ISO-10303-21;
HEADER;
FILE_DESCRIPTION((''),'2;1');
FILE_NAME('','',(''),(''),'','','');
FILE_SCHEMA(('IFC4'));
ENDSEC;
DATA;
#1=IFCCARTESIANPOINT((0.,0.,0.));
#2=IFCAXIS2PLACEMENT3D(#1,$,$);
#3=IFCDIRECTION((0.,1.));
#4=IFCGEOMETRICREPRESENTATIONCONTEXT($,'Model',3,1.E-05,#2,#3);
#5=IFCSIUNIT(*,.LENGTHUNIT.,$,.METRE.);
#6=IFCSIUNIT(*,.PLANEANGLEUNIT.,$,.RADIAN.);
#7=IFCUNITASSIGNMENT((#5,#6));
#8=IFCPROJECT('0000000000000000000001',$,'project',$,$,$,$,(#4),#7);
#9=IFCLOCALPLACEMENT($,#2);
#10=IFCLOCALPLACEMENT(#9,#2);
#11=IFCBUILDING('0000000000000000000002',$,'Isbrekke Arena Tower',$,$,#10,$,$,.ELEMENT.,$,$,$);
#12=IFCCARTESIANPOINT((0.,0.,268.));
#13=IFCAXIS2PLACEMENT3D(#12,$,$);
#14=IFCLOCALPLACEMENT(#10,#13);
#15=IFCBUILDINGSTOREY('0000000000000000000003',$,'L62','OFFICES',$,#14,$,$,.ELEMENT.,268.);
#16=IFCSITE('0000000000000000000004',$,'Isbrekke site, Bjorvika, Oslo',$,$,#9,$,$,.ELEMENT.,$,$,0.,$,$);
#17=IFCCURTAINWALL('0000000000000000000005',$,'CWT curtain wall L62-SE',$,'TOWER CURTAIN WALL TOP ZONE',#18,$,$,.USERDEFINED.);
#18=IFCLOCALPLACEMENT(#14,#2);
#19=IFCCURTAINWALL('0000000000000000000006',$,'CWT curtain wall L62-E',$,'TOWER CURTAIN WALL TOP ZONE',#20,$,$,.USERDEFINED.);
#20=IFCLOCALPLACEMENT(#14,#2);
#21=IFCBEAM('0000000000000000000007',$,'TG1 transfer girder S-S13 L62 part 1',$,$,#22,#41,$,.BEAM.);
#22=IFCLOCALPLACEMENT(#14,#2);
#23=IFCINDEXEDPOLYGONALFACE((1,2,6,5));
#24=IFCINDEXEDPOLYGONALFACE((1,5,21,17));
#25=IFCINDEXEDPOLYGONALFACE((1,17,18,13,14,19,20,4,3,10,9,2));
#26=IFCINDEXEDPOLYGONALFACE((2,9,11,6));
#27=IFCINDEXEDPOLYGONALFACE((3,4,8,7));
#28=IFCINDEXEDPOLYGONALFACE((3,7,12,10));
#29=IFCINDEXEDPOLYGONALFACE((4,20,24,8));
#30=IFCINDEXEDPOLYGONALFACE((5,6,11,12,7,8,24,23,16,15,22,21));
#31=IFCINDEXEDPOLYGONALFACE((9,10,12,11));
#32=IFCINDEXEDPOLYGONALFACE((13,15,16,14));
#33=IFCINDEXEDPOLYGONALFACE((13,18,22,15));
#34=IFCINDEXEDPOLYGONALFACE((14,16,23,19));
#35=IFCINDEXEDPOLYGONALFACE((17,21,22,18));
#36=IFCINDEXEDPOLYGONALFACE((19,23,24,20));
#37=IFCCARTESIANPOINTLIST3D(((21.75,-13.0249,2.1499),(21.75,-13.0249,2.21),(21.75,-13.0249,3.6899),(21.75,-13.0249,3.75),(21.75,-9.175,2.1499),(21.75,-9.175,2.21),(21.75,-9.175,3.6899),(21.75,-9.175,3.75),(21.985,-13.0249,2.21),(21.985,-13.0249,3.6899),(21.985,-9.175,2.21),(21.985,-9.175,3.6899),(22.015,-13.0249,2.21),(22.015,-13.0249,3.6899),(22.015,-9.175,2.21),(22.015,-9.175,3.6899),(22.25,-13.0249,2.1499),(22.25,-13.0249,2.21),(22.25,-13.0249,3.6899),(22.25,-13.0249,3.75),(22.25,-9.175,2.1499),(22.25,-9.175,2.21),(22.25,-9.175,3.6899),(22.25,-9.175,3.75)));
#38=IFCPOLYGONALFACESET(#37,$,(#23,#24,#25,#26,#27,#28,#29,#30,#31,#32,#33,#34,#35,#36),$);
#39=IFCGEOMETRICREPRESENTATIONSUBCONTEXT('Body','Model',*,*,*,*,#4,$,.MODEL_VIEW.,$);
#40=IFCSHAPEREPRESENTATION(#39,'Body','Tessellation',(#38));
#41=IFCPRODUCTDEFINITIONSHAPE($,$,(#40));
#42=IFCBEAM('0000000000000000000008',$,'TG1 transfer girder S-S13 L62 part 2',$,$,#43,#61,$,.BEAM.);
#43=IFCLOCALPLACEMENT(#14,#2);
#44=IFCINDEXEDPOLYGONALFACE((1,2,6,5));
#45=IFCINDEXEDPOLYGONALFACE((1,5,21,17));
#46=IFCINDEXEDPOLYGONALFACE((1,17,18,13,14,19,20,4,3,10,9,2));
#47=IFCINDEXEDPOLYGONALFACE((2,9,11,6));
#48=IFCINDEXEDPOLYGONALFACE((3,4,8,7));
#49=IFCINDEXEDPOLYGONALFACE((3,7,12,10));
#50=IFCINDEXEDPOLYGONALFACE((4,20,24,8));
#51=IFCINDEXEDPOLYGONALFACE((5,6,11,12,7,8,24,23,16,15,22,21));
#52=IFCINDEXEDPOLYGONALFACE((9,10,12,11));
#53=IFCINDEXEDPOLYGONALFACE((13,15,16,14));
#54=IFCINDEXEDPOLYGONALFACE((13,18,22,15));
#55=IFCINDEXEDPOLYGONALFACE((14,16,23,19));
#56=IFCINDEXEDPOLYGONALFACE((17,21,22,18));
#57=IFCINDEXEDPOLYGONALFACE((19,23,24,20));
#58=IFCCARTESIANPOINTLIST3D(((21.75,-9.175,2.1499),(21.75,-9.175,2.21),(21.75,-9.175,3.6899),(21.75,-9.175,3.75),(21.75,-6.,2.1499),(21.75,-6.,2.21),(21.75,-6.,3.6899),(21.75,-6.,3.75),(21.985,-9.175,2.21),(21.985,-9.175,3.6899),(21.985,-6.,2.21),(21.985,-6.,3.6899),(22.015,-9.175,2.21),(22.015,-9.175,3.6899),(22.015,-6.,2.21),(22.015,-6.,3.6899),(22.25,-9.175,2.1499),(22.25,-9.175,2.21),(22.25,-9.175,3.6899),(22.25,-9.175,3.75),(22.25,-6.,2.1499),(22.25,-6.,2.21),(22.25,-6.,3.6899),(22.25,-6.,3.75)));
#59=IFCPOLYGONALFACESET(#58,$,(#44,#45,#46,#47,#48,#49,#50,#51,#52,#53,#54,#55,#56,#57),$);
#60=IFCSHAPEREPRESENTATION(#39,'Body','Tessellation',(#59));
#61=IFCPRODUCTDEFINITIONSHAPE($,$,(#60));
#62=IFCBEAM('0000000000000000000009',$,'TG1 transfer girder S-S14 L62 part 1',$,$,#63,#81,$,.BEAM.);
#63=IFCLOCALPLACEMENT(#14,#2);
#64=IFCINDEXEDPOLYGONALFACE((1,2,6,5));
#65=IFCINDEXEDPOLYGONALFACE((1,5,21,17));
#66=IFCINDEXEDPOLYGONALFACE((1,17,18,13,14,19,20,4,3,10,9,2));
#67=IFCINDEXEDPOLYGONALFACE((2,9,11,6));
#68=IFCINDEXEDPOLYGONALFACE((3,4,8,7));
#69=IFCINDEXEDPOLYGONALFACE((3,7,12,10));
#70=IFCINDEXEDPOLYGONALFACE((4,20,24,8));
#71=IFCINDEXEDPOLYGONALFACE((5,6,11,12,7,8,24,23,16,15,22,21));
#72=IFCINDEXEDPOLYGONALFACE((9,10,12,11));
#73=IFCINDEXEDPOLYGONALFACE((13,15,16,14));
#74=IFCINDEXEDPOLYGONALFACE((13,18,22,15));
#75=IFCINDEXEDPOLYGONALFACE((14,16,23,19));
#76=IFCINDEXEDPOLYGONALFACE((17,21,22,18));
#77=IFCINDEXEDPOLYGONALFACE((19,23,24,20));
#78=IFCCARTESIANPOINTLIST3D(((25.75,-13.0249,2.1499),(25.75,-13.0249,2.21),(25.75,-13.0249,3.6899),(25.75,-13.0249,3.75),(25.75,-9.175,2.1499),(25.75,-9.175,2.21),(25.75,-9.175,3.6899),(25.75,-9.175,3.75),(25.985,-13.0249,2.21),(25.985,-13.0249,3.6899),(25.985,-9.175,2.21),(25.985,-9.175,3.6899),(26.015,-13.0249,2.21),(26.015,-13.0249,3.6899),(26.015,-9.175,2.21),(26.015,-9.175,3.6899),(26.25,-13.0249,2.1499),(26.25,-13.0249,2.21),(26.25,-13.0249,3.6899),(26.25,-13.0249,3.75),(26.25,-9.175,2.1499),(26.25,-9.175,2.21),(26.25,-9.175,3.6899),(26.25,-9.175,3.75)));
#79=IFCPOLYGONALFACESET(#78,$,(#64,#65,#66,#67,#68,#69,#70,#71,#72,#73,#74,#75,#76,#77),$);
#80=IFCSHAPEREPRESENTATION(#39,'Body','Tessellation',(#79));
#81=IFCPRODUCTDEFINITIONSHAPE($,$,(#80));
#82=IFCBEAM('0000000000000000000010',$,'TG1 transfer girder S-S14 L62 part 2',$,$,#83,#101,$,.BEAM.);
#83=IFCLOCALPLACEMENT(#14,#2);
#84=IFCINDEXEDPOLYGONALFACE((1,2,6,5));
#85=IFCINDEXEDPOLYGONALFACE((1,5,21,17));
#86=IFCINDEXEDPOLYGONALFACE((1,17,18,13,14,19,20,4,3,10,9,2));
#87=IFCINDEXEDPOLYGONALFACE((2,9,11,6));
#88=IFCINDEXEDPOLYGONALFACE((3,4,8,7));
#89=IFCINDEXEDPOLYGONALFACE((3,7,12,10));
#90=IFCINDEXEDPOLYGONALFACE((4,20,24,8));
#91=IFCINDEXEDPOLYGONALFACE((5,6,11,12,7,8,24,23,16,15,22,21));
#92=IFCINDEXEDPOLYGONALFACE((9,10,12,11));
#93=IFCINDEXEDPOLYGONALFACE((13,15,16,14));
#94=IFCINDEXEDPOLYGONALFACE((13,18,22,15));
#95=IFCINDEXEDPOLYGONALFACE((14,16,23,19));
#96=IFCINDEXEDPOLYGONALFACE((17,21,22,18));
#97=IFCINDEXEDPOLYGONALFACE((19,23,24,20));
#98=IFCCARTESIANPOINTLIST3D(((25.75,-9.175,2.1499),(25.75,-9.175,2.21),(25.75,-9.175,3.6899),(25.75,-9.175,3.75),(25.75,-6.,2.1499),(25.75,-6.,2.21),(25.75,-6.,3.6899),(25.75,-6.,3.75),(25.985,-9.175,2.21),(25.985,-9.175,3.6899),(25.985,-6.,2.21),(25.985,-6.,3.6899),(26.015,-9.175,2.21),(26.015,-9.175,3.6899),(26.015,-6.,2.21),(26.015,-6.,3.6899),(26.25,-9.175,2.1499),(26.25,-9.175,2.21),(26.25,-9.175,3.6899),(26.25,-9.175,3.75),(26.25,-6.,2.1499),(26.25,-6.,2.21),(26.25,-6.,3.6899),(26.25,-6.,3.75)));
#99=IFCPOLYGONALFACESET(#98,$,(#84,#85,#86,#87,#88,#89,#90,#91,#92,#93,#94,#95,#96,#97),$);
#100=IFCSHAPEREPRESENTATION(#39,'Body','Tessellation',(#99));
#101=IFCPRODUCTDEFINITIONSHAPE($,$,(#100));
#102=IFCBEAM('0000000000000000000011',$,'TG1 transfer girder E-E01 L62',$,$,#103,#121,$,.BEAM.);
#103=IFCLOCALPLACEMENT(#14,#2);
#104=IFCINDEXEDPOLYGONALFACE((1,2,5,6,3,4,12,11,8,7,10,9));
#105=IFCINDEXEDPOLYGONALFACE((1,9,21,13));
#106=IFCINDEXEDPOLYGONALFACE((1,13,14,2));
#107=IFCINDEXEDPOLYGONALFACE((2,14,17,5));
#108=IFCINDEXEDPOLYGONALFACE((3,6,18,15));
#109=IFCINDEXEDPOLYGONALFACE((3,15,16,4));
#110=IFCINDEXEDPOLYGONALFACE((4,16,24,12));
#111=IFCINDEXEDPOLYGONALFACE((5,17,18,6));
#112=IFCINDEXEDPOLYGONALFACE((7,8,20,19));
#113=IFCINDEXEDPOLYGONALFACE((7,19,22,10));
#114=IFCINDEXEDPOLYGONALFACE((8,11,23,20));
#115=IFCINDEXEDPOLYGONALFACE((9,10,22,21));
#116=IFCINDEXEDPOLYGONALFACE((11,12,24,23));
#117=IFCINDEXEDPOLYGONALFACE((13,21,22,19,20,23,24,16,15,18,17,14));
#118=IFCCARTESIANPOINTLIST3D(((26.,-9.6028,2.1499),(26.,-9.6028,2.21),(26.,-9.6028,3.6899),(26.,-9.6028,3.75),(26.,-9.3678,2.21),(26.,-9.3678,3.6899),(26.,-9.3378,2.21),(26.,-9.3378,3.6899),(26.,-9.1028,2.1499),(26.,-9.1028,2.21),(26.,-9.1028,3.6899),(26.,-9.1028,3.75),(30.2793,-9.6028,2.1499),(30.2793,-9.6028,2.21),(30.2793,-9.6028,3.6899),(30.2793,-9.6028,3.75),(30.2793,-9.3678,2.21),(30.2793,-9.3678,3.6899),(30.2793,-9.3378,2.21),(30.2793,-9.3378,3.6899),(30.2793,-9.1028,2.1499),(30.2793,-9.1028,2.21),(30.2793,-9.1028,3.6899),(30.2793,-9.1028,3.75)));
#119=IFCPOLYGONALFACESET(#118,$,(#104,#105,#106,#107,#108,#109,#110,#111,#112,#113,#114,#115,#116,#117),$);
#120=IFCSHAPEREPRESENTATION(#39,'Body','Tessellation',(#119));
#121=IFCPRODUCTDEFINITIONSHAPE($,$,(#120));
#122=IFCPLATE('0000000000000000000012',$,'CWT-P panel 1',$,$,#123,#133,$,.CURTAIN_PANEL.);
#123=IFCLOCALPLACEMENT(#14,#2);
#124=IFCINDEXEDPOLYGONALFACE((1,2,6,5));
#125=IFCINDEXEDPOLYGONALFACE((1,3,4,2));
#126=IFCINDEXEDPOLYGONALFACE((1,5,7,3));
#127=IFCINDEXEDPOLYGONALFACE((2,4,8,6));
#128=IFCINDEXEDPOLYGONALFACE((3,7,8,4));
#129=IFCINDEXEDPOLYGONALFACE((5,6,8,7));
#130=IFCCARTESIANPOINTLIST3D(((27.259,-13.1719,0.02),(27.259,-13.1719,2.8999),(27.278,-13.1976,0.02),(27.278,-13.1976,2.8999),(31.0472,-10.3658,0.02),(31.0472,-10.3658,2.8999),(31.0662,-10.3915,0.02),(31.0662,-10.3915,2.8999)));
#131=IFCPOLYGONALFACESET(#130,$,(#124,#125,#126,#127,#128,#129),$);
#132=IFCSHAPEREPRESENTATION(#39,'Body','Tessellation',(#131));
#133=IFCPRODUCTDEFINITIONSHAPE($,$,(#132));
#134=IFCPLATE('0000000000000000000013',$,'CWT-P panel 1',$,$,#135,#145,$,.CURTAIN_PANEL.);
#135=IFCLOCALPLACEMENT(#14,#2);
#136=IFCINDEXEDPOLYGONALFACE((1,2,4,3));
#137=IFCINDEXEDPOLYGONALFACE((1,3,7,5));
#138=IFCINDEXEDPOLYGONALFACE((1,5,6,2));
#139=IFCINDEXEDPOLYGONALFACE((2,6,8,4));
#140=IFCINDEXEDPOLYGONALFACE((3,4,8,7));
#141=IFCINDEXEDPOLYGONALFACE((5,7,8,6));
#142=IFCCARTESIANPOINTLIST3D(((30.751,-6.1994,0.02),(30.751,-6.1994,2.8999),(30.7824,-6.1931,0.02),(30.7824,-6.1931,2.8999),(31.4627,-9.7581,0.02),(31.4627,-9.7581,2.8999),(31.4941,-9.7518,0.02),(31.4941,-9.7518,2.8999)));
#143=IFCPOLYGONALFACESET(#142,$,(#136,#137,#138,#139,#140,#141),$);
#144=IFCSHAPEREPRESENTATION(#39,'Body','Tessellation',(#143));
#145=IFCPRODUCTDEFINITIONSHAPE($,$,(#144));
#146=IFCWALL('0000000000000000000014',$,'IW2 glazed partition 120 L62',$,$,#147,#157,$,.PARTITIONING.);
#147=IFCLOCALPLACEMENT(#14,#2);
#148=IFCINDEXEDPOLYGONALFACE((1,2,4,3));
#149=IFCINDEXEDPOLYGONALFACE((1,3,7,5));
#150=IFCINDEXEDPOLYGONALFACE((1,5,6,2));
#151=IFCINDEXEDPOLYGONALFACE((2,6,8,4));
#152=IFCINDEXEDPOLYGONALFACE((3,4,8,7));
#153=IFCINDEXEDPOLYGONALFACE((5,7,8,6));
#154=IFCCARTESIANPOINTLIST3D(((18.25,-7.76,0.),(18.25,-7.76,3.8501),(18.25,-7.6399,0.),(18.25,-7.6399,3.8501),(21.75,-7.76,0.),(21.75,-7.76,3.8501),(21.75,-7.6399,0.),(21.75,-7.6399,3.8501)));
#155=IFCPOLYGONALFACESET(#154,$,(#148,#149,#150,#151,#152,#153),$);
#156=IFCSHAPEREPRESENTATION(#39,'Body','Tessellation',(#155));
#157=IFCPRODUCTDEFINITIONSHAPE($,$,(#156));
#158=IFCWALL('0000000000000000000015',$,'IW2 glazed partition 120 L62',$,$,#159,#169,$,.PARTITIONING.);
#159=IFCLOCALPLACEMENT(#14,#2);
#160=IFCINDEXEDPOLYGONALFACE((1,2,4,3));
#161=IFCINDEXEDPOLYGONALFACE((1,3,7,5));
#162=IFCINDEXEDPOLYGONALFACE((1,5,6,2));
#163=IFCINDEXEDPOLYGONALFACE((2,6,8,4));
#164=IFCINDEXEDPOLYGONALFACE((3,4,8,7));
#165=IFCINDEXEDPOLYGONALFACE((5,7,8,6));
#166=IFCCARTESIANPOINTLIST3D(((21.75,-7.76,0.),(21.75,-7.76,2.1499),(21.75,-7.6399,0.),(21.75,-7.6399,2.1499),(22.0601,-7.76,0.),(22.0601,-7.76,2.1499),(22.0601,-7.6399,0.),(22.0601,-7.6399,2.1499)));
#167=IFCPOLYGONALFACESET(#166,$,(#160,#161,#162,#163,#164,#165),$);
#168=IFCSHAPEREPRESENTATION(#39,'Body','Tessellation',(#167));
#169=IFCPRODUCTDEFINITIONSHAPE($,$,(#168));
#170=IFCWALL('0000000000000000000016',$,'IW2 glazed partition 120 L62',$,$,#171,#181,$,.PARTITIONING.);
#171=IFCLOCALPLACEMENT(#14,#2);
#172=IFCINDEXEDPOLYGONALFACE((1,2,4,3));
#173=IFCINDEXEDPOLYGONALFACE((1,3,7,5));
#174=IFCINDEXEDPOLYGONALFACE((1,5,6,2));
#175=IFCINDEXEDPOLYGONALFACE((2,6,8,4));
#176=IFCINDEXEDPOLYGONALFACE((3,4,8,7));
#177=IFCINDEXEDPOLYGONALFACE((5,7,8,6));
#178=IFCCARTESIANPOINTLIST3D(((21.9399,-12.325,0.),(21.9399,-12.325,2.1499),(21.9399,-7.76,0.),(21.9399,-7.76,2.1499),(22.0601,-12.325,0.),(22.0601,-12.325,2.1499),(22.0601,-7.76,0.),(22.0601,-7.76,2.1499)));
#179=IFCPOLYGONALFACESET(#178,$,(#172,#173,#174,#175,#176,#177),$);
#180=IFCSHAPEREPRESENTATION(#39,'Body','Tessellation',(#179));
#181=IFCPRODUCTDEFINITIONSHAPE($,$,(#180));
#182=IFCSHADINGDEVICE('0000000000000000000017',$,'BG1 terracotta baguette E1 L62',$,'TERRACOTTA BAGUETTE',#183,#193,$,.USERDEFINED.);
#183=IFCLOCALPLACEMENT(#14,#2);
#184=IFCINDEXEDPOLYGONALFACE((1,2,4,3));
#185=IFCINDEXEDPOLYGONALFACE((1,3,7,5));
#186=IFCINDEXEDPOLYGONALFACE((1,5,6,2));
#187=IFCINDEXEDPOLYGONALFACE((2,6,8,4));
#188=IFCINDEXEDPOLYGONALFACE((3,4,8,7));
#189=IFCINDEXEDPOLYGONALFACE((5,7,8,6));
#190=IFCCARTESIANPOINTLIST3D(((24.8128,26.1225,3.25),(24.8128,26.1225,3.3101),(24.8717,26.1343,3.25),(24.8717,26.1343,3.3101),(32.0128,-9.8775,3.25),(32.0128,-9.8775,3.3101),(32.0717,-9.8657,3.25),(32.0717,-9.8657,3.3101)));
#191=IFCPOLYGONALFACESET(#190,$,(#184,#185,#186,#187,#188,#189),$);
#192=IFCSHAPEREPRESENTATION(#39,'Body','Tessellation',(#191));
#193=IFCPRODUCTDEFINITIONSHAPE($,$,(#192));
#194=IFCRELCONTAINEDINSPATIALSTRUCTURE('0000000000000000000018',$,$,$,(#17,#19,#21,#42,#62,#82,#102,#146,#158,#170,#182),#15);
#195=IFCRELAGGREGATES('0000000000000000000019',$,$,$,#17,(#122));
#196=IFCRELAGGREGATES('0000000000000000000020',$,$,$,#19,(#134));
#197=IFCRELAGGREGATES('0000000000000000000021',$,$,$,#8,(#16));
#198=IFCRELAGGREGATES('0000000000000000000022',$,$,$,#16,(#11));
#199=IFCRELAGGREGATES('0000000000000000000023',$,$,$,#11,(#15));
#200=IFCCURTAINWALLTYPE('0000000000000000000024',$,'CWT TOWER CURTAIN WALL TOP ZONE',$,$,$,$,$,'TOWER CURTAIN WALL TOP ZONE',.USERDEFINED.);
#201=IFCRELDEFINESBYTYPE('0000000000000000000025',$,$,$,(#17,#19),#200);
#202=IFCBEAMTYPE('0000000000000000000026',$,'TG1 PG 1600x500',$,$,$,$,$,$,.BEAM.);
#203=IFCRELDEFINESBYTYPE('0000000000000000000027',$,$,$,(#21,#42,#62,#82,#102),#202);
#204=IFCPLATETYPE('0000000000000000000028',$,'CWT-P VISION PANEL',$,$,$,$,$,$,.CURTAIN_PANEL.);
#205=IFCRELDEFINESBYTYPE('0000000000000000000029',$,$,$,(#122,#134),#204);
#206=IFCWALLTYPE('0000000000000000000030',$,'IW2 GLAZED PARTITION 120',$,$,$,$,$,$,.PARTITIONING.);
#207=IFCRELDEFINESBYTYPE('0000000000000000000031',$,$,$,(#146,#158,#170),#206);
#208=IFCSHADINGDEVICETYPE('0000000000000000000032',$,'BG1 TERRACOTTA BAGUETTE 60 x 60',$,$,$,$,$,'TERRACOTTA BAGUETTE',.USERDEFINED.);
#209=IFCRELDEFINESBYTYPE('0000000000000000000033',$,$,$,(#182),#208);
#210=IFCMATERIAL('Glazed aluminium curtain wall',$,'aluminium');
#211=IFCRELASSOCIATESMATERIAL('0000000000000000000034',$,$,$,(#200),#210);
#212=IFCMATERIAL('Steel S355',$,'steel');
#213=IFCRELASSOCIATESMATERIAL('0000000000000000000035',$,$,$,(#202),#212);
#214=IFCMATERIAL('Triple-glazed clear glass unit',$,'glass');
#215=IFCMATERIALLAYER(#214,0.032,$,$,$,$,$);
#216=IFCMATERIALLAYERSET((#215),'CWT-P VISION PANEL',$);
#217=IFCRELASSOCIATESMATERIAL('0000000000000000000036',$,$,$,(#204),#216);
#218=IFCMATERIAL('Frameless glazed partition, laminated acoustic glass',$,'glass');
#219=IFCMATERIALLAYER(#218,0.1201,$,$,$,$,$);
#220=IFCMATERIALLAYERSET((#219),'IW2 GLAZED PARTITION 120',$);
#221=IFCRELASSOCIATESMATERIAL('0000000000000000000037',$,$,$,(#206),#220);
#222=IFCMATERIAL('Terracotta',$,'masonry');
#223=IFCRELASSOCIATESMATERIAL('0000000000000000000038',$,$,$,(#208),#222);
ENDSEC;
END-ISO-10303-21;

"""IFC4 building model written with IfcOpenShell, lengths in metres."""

from ifc_helpers import new_model, si_unit, direction, frame, frame_2d, origin, origin_2d, place, context, subcontext, project, spatial, rectangle, i_section, extrude, material, layer, layer_set, material_profile, profile_set, type_object, element, aggregate, save


model = new_model("IFC4")

# Units and contexts
model_context = context("Model", 3, precision=1e-05, world=origin(), true_north=direction((0.0, 1.0)))
body_context = subcontext(model_context, "Body", "Model", "MODEL_VIEW")
ifc_project = project(units=[si_unit("LENGTHUNIT", "METRE"), si_unit("PLANEANGLEUNIT", "RADIAN")], contexts=[model_context])

# Site, building, storey
site_placement = place(None, origin())
site = spatial("IfcSite", under=ifc_project, at=site_placement, Name="Isbrekke site, Bjorvika, Oslo", CompositionType="ELEMENT", RefElevation=0.0)
building_placement = place(site_placement, origin())
building = spatial("IfcBuilding", under=site, at=building_placement, Name="Isbrekke Arena Tower", CompositionType="ELEMENT")
storey_placement = place(building_placement, frame((0.0, 0.0, 268.0)))
storey = spatial("IfcBuildingStorey", under=building, at=storey_placement, Name="L62", Description="OFFICES", CompositionType="ELEMENT", Elevation=268.0)

# Curtain wall
ifc_material_1 = material(Name="Glazed aluminium curtain wall", Category="aluminium")
curtain_wall_type = type_object("IfcCurtainWallType", Name="CWT TOWER CURTAIN WALL TOP ZONE", ElementType="TOWER CURTAIN WALL TOP ZONE", PredefinedType="USERDEFINED", material=ifc_material_1)
curtain_wall_1_placement = place(storey_placement, origin())
curtain_wall_1 = element("IfcCurtainWall", 1, at=curtain_wall_1_placement, inside=storey, type_object=curtain_wall_type, Name="CWT curtain wall L62-SE", ObjectType="TOWER CURTAIN WALL TOP ZONE", PredefinedType="USERDEFINED")

# Curtain wall
curtain_wall_2_placement = place(storey_placement, origin())
curtain_wall_2 = element("IfcCurtainWall", 2, at=curtain_wall_2_placement, inside=storey, type_object=curtain_wall_type, Name="CWT curtain wall L62-E", ObjectType="TOWER CURTAIN WALL TOP ZONE", PredefinedType="USERDEFINED")

# Beams
ifc_material_2 = material(Name="Steel S355", Category="steel")
ifc_material_profile_1 = material_profile(ifc_material_2, i_section(OverallWidth=0.5, OverallDepth=1.6001, WebThickness=0.03, FlangeThickness=0.0601, at=origin_2d()), Name="PG 1600x500")
ifc_profile_set_1 = profile_set([ifc_material_profile_1], Name="Steel S355")
beam_type_1 = type_object("IfcBeamType", Name="TG1 PG 1600x500", PredefinedType="BEAM", material=ifc_profile_set_1)
beam_1_placement = place(storey_placement, frame((22.0, -13.0249, 2.95), z_axis=(0.0, 1.0, 0.0), x_axis=(-1.0, 0.0, 0.0)))
element("IfcBeam", 3, at=beam_1_placement, inside=storey, type_object=beam_type_1, Name="TG1 transfer girder S-S13 L62 part 1", PredefinedType="BEAM", context=body_context, shape_type="SweptSolid", body=[
    extrude(i_section(OverallWidth=0.5, OverallDepth=1.6001, WebThickness=0.03, FlangeThickness=0.0601, at=origin_2d()), origin(), (0.0, 0.0, 1.0), 3.8499),
])
beam_2_placement = place(storey_placement, frame((22.0, -9.175, 2.95), z_axis=(0.0, 1.0, 0.0), x_axis=(-1.0, 0.0, 0.0)))
element("IfcBeam", 4, at=beam_2_placement, inside=storey, type_object=beam_type_1, Name="TG1 transfer girder S-S13 L62 part 2", PredefinedType="BEAM", context=body_context, shape_type="SweptSolid", body=[
    extrude(i_section(OverallWidth=0.5, OverallDepth=1.6001, WebThickness=0.03, FlangeThickness=0.0601, at=origin_2d()), origin(), (0.0, 0.0, 1.0), 3.175),
])
beam_3_placement = place(storey_placement, frame((26.0, -13.0249, 2.95), z_axis=(0.0, 1.0, 0.0), x_axis=(-1.0, 0.0, 0.0)))
element("IfcBeam", 5, at=beam_3_placement, inside=storey, type_object=beam_type_1, Name="TG1 transfer girder S-S14 L62 part 1", PredefinedType="BEAM", context=body_context, shape_type="SweptSolid", body=[
    extrude(i_section(OverallWidth=0.5, OverallDepth=1.6001, WebThickness=0.03, FlangeThickness=0.0601, at=origin_2d()), origin(), (0.0, 0.0, 1.0), 3.8499),
])
beam_4_placement = place(storey_placement, frame((26.0, -9.175, 2.95), z_axis=(0.0, 1.0, 0.0), x_axis=(-1.0, 0.0, 0.0)))
element("IfcBeam", 6, at=beam_4_placement, inside=storey, type_object=beam_type_1, Name="TG1 transfer girder S-S14 L62 part 2", PredefinedType="BEAM", context=body_context, shape_type="SweptSolid", body=[
    extrude(i_section(OverallWidth=0.5, OverallDepth=1.6001, WebThickness=0.03, FlangeThickness=0.0601, at=origin_2d()), origin(), (0.0, 0.0, 1.0), 3.175),
])
beam_5_placement = place(storey_placement, frame((30.2793, -9.3528, 2.95), z_axis=(-1.0, 0.0, 0.0), x_axis=(0.0, -1.0, 0.0)))
element("IfcBeam", 7, at=beam_5_placement, inside=storey, type_object=beam_type_1, Name="TG1 transfer girder E-E01 L62", PredefinedType="BEAM", context=body_context, shape_type="SweptSolid", body=[
    extrude(i_section(OverallWidth=0.5, OverallDepth=1.6001, WebThickness=0.03, FlangeThickness=0.0601, at=origin_2d()), origin(), (0.0, 0.0, 1.0), 4.2793),
])

# Plates
ifc_material_3 = material(Name="Triple-glazed clear glass unit", Category="glass")
ifc_layer_1 = layer(ifc_material_3, 0.032)
ifc_layer_set_1 = layer_set([ifc_layer_1], Name="CWT-P VISION PANEL")
plate_type = type_object("IfcPlateType", Name="CWT-P VISION PANEL", PredefinedType="CURTAIN_PANEL", material=ifc_layer_set_1)
plate_1_placement = place(storey_placement, frame((29.1626, -11.7817, 0.02), z_axis=(0.0, 0.0, 1.0), x_axis=(0.803557, 0.595228, 0.0)))
plate_1 = element("IfcPlate", 8, at=plate_1_placement, type_object=plate_type, Name="CWT-P panel 1", PredefinedType="CURTAIN_PANEL", context=body_context, shape_type="SweptSolid", body=[
    extrude(rectangle(XDim=4.7144, YDim=0.032, at=origin_2d()), origin(), (0.0, 0.0, 1.0), 2.8799),
])
aggregate(curtain_wall_1, [plate_1])
plate_2_placement = place(storey_placement, frame((31.1226, -7.9756, 0.02), z_axis=(0.0, 0.0, 1.0), x_axis=(-0.196116, 0.980581, 0.0)))
plate_2 = element("IfcPlate", 9, at=plate_2_placement, type_object=plate_type, Name="CWT-P panel 1", PredefinedType="CURTAIN_PANEL", context=body_context, shape_type="SweptSolid", body=[
    extrude(rectangle(XDim=3.6292, YDim=0.032, at=origin_2d()), origin(), (0.0, 0.0, 1.0), 2.8799),
])
aggregate(curtain_wall_2, [plate_2])

# Walls
ifc_material_4 = material(Name="Frameless glazed partition, laminated acoustic glass", Category="glass")
ifc_layer_2 = layer(ifc_material_4, 0.1201)
ifc_layer_set_2 = layer_set([ifc_layer_2], Name="IW2 GLAZED PARTITION 120")
wall_type = type_object("IfcWallType", Name="IW2 GLAZED PARTITION 120", PredefinedType="PARTITIONING", material=ifc_layer_set_2)
wall_1_placement = place(storey_placement, frame((18.25, -7.7, 0.0), z_axis=(0.0, 0.0, 1.0), x_axis=(1.0, 0.0, 0.0)))
element("IfcWall", 10, at=wall_1_placement, inside=storey, type_object=wall_type, Name="IW2 glazed partition 120 L62", PredefinedType="PARTITIONING", context=body_context, shape_type="SweptSolid", body=[
    extrude(rectangle(XDim=3.5, YDim=0.1201, at=frame_2d((1.75, 0.0))), origin(), (0.0, 0.0, 1.0), 3.8501),
])
wall_2_placement = place(storey_placement, frame((21.75, -7.7, 0.0), z_axis=(0.0, 0.0, 1.0), x_axis=(1.0, 0.0, 0.0)))
element("IfcWall", 11, at=wall_2_placement, inside=storey, type_object=wall_type, Name="IW2 glazed partition 120 L62", PredefinedType="PARTITIONING", context=body_context, shape_type="SweptSolid", body=[
    extrude(rectangle(XDim=0.3101, YDim=0.1201, at=frame_2d((0.155, 0.0))), origin(), (0.0, 0.0, 1.0), 2.1499),
])
wall_3_placement = place(storey_placement, frame((22.0, -12.325, 0.0), z_axis=(0.0, 0.0, 1.0), x_axis=(0.0, 1.0, 0.0)))
element("IfcWall", 12, at=wall_3_placement, inside=storey, type_object=wall_type, Name="IW2 glazed partition 120 L62", PredefinedType="PARTITIONING", context=body_context, shape_type="SweptSolid", body=[
    extrude(rectangle(XDim=4.5649, YDim=0.1201, at=frame_2d((2.2825, 0.0))), origin(), (0.0, 0.0, 1.0), 2.1499),
])

# Shading device
ifc_material_5 = material(Name="Terracotta", Category="masonry")
ifc_material_profile_2 = material_profile(ifc_material_5, rectangle(XDim=0.0601, YDim=0.0601, at=origin_2d()), Name="BAGUETTE 60X60")
ifc_profile_set_2 = profile_set([ifc_material_profile_2], Name="Terracotta")
shading_device_type = type_object("IfcShadingDeviceType", Name="BG1 TERRACOTTA BAGUETTE 60 x 60", ElementType="TERRACOTTA BAGUETTE", PredefinedType="USERDEFINED", material=ifc_profile_set_2)
for number, where, z_axis, x_axis, name in (
    (13, (32.0422, -9.8716, 3.28), (-0.196115, 0.980581, 0.0), (-0.980581, -0.196115, 0.0), "BG1 terracotta baguette E1 L62"),
):
    element("IfcShadingDevice", number, at=place(storey_placement, frame(where, z_axis=z_axis, x_axis=x_axis)), inside=storey, type_object=shading_device_type, Name=name, ObjectType="TERRACOTTA BAGUETTE", PredefinedType="USERDEFINED", context=body_context, shape_type="SweptSolid", body=[
        extrude(rectangle(XDim=0.0601, YDim=0.0601, at=origin_2d()), origin(), (0.0, 0.0, 1.0), 36.7129),
    ])

save(model, "model.ifc")
